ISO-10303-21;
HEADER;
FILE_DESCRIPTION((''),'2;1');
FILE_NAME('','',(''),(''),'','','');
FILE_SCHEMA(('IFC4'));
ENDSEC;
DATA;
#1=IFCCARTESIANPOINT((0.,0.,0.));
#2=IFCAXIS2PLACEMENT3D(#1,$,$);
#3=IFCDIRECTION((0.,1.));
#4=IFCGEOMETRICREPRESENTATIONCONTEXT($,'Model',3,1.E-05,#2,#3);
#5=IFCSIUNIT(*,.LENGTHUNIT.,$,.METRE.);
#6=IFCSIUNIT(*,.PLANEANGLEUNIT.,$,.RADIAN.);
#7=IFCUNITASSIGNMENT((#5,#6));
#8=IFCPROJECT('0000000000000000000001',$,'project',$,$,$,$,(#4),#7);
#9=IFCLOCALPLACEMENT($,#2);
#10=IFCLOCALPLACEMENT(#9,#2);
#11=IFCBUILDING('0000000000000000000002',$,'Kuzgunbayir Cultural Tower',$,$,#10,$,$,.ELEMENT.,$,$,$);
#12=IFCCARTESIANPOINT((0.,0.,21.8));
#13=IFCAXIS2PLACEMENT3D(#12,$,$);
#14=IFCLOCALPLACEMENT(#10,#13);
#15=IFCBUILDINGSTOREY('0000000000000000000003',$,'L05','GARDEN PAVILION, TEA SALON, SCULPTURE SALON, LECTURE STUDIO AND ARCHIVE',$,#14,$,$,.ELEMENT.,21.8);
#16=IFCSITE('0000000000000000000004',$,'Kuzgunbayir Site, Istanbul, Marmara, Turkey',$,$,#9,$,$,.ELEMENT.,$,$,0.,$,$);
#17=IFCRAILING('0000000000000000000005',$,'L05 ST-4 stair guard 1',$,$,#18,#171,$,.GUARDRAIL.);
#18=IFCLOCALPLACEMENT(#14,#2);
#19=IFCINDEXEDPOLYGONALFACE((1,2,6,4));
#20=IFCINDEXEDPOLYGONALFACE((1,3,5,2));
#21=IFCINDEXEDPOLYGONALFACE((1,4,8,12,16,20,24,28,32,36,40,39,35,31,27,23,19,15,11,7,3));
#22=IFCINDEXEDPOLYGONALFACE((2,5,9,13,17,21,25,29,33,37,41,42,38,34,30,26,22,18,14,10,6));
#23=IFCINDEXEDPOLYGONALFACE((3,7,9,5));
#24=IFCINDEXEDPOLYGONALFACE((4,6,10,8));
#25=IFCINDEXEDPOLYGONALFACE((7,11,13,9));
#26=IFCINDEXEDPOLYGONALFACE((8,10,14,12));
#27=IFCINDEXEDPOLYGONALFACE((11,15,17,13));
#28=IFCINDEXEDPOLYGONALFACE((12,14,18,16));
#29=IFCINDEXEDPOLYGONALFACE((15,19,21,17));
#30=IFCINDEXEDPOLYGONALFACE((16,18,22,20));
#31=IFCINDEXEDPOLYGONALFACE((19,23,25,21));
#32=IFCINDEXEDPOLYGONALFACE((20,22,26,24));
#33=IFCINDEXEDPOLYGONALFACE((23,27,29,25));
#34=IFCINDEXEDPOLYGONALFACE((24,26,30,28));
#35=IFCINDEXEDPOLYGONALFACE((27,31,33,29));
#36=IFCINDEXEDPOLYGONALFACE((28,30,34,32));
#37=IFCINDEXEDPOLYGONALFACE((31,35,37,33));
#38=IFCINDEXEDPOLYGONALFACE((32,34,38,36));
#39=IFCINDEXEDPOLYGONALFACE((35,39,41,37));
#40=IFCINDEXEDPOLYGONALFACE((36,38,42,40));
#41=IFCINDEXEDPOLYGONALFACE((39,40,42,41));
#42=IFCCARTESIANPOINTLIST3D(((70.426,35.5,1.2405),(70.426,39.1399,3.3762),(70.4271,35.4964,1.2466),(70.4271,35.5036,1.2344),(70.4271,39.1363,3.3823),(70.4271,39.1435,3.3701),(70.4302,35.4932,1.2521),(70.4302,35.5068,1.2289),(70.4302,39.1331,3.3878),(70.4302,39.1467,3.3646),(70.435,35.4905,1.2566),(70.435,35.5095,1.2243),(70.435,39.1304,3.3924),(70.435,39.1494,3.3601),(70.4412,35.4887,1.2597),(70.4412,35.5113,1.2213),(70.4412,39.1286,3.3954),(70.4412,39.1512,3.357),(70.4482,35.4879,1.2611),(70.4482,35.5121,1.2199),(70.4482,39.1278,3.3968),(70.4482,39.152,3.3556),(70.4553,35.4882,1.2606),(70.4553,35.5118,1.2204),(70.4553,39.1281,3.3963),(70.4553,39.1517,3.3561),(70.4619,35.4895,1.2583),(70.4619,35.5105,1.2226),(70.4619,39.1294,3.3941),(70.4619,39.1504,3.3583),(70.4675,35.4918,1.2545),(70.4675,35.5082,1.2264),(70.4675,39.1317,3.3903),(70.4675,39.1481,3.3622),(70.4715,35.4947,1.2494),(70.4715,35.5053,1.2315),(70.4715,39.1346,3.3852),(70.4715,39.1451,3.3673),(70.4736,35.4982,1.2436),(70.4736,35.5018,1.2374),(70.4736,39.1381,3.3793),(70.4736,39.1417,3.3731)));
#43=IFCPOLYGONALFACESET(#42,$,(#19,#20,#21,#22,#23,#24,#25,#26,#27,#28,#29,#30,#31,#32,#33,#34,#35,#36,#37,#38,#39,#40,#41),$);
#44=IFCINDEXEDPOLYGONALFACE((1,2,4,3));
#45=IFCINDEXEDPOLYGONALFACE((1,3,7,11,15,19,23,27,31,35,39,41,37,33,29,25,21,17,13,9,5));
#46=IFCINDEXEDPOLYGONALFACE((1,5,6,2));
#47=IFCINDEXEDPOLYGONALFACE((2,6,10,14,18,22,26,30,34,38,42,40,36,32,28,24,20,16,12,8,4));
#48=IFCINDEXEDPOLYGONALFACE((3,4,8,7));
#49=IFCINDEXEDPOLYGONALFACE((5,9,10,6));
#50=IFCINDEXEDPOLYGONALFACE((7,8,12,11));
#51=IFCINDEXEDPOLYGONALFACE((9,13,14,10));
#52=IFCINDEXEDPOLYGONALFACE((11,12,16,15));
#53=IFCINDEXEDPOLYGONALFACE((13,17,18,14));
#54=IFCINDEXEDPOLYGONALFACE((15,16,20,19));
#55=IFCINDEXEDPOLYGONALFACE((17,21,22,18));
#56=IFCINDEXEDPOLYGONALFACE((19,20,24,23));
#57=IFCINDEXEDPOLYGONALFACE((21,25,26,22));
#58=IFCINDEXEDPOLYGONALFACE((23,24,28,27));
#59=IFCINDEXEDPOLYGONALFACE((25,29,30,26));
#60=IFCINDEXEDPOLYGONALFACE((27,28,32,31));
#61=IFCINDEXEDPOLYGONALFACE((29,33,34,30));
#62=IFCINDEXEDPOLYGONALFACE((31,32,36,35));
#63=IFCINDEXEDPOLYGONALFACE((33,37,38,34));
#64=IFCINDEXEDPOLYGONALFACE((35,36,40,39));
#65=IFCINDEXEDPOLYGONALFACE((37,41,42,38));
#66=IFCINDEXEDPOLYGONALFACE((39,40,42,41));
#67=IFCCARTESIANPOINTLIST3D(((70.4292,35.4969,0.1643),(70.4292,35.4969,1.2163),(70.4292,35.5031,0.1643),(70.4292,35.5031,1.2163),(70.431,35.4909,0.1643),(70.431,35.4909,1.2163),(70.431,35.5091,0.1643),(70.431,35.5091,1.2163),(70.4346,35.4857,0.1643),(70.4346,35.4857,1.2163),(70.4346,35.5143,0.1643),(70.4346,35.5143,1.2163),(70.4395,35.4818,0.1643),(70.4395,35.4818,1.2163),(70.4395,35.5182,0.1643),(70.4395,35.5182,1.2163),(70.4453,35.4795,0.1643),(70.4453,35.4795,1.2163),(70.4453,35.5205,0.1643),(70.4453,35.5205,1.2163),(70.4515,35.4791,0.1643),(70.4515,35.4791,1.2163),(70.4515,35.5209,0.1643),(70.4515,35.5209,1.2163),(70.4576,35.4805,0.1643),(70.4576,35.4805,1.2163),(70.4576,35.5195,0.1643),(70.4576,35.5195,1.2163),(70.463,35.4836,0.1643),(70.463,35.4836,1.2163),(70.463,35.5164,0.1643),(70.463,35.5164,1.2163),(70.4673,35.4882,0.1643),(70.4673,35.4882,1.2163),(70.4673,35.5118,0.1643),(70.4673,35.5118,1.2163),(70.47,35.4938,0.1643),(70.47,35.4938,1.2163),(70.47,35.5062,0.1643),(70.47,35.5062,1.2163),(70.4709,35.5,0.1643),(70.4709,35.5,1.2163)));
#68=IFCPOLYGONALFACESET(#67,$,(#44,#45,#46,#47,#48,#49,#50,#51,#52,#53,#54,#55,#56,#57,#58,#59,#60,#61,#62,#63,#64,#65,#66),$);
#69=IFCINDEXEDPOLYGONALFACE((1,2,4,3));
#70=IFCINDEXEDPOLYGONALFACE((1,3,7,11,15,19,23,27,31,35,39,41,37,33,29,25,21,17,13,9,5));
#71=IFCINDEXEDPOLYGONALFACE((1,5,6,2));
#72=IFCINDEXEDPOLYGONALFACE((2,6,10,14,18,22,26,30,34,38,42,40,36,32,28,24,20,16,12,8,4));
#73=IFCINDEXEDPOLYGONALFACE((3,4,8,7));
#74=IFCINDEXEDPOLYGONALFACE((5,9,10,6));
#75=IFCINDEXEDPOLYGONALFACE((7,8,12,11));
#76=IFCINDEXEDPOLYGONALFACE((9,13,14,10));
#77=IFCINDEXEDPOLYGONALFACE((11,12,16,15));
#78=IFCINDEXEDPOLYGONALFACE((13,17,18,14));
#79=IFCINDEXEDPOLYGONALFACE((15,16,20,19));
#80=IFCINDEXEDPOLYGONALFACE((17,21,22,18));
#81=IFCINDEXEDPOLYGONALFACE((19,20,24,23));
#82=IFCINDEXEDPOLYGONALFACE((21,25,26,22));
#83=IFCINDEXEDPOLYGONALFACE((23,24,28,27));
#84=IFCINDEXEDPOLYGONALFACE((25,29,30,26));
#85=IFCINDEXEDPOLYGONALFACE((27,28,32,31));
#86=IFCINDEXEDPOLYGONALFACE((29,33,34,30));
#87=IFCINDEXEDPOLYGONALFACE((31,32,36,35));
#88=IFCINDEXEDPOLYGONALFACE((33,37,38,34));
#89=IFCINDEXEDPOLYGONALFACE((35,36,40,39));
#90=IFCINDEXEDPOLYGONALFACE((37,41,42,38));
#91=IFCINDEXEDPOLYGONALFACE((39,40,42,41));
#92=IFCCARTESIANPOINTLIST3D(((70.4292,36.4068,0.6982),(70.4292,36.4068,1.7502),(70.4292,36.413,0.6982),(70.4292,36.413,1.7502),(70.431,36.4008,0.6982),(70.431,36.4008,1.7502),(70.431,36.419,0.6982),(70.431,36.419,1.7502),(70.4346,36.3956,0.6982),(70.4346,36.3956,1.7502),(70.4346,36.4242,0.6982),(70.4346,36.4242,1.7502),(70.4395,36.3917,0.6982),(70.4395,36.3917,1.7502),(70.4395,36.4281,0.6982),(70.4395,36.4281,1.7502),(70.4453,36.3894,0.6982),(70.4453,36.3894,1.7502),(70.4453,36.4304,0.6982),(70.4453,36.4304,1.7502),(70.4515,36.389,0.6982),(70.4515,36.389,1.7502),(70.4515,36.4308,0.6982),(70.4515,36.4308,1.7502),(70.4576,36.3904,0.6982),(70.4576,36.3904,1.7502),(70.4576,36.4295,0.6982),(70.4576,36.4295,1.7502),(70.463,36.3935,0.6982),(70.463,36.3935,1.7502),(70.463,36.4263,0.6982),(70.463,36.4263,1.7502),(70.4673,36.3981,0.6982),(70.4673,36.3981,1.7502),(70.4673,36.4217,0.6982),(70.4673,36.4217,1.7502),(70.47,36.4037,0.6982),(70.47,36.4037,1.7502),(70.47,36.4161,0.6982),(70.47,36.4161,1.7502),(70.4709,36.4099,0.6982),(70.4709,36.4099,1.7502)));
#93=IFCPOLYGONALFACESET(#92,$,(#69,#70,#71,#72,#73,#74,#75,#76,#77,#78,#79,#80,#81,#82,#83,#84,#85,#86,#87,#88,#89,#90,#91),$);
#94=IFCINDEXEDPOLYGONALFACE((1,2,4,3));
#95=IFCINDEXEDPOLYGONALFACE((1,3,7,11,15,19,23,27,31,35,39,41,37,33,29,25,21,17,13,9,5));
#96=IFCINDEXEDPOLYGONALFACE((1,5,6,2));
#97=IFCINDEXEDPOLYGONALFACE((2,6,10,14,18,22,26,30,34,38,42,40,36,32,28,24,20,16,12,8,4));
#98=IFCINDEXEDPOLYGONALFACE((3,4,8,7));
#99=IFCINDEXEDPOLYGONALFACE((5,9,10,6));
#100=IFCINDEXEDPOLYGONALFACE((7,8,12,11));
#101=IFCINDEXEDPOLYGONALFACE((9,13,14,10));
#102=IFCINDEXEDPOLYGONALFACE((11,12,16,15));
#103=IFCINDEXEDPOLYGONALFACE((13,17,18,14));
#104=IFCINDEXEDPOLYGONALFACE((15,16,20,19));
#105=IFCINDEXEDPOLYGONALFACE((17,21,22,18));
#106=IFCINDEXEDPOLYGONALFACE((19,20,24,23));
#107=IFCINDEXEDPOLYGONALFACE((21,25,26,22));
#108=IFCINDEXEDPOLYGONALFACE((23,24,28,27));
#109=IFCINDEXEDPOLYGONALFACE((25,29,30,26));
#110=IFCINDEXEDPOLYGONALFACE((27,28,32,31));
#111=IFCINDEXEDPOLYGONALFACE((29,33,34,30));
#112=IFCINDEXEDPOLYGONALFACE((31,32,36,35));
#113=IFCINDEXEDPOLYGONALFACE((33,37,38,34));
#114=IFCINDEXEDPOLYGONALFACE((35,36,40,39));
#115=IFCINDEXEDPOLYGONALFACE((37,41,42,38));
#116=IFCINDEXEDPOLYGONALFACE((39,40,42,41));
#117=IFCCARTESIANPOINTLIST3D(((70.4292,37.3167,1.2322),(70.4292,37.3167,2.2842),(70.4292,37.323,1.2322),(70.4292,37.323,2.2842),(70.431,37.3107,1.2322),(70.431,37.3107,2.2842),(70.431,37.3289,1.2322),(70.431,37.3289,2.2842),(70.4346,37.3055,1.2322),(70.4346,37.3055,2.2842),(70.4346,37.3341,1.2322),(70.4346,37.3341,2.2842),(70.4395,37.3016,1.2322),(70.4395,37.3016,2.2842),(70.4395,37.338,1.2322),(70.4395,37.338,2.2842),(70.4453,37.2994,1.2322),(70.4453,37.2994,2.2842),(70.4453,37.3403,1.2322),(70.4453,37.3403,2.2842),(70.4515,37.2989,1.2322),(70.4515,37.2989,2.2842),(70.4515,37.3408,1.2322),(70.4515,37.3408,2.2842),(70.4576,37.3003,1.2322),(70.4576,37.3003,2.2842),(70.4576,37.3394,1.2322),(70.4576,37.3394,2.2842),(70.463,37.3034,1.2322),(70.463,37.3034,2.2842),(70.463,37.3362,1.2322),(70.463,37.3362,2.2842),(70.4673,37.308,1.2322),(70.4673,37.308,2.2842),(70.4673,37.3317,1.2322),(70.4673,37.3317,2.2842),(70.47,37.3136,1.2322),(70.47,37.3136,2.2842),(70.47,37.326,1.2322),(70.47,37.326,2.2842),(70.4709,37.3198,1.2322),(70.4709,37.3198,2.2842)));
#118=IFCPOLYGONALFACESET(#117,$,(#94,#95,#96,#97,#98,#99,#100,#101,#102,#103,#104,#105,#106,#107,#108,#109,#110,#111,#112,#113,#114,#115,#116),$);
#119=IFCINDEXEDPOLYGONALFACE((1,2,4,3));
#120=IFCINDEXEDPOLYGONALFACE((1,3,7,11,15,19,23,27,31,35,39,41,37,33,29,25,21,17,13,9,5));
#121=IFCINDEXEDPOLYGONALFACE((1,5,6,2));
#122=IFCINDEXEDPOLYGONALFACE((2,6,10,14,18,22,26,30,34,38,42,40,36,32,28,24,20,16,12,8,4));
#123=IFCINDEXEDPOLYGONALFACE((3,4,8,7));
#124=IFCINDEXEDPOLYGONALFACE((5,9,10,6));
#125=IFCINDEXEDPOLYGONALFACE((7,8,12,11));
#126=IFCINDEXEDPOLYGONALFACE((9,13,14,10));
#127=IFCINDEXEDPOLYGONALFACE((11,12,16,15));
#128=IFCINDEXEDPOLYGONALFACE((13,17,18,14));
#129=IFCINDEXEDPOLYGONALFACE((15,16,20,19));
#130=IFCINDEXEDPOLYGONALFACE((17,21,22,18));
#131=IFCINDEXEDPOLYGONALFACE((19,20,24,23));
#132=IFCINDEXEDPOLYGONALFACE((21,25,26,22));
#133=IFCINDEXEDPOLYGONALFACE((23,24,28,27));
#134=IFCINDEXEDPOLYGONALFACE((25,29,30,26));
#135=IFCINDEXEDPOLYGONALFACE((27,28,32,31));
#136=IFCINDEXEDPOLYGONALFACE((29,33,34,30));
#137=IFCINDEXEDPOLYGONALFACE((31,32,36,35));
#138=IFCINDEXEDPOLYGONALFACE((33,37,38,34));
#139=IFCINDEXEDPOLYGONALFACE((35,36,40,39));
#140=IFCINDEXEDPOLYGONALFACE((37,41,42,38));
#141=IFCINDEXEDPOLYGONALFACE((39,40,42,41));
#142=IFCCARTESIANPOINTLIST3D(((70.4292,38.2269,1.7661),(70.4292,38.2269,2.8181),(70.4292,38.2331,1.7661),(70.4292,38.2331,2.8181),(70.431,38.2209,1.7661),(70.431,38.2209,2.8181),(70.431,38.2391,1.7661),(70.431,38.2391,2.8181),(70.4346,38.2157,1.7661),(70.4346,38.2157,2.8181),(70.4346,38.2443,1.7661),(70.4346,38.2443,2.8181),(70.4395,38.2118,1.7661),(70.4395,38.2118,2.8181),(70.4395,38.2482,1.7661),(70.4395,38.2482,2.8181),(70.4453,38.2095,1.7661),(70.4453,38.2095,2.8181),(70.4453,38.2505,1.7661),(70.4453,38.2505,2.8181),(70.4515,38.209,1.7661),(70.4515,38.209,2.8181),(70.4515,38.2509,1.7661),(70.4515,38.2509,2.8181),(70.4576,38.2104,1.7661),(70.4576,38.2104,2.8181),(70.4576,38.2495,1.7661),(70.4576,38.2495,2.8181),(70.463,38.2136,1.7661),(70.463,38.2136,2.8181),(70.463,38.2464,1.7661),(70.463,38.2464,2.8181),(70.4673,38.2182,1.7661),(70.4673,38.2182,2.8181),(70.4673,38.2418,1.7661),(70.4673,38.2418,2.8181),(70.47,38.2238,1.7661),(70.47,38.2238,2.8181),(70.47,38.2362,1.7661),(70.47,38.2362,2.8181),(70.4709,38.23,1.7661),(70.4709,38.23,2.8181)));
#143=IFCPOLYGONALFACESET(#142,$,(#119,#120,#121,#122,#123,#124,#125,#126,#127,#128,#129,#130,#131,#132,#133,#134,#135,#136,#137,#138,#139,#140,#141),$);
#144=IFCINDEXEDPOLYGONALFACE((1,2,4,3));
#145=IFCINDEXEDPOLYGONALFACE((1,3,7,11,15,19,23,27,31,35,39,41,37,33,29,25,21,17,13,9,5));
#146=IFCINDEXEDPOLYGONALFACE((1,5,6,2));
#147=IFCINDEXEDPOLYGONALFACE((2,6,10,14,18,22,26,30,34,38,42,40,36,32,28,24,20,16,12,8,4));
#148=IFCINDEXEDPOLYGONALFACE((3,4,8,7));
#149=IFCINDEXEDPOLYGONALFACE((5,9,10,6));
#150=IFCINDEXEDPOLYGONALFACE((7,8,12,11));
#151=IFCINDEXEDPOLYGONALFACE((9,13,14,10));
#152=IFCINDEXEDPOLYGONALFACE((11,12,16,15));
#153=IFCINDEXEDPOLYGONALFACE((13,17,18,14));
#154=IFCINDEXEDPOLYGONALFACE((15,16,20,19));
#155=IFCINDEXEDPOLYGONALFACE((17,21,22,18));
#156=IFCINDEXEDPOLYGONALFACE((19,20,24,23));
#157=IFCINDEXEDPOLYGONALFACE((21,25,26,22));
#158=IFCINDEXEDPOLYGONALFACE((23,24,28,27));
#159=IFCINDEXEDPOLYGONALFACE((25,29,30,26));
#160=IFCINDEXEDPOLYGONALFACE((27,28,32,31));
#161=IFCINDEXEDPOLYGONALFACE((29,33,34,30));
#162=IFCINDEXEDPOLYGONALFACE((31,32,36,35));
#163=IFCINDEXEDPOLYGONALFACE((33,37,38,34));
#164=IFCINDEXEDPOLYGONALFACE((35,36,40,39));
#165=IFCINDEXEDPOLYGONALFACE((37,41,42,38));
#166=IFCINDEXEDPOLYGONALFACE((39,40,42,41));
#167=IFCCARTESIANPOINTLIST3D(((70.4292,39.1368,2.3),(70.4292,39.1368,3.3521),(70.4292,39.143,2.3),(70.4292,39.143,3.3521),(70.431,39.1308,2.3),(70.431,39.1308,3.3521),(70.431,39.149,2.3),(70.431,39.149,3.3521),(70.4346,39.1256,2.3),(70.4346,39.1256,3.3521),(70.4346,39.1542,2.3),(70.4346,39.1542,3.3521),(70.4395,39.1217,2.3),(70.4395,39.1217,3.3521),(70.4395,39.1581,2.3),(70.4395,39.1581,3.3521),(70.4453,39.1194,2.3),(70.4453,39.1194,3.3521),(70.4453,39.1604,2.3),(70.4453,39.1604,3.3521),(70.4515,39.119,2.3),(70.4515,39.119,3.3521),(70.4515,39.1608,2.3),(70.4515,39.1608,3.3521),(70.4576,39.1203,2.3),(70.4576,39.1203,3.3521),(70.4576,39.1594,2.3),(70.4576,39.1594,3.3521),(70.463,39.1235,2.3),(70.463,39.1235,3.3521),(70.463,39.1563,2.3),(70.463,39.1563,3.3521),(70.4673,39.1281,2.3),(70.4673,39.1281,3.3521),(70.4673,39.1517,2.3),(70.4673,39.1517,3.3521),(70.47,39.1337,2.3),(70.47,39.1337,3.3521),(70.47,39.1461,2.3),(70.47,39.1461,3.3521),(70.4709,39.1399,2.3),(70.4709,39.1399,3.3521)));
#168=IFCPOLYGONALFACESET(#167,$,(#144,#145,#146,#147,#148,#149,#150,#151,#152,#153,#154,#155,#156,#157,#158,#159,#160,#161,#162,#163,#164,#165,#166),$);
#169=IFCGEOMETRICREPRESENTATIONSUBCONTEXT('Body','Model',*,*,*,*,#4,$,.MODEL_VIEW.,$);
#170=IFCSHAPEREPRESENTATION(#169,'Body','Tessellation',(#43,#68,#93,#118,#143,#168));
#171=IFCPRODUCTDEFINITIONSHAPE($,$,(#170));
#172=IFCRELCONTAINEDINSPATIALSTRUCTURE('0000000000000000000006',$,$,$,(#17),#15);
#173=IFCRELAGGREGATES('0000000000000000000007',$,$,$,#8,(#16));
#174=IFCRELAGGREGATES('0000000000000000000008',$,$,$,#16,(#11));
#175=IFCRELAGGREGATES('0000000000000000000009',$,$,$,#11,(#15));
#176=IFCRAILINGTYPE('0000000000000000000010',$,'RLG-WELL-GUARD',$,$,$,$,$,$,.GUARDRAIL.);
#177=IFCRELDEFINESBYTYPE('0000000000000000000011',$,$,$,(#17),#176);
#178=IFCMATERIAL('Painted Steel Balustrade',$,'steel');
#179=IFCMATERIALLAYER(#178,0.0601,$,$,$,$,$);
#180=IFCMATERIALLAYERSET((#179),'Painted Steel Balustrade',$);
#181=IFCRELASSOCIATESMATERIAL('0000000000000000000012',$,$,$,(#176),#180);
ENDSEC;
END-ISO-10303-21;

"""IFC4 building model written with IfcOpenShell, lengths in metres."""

from ifc_helpers import new_model, si_unit, direction, frame, origin, origin_2d, place, context, subcontext, project, spatial, circle, extrude, material, layer, layer_set, type_object, element, save


model = new_model("IFC4")

# Units and contexts
model_context = context("Model", 3, precision=1e-05, world=origin(), true_north=direction((0.0, 1.0)))
body_context = subcontext(model_context, "Body", "Model", "MODEL_VIEW")
ifc_project = project(units=[si_unit("LENGTHUNIT", "METRE"), si_unit("PLANEANGLEUNIT", "RADIAN")], contexts=[model_context])

# Site, building, storey
site_placement = place(None, origin())
site = spatial("IfcSite", under=ifc_project, at=site_placement, Name="Kuzgunbayir Site, Istanbul, Marmara, Turkey", CompositionType="ELEMENT", RefElevation=0.0)
building_placement = place(site_placement, origin())
building = spatial("IfcBuilding", under=site, at=building_placement, Name="Kuzgunbayir Cultural Tower", CompositionType="ELEMENT")
storey_placement = place(building_placement, frame((0.0, 0.0, 21.8)))
storey = spatial("IfcBuildingStorey", under=building, at=storey_placement, Name="L05", Description="GARDEN PAVILION, TEA SALON, SCULPTURE SALON, LECTURE STUDIO AND ARCHIVE", CompositionType="ELEMENT", Elevation=21.8)

# Railing
ifc_material_1 = material(Name="Painted Steel Balustrade", Category="steel")
ifc_layer_1 = layer(ifc_material_1, 0.0601)
ifc_layer_set_1 = layer_set([ifc_layer_1], Name="Painted Steel Balustrade")
railing_type_1 = type_object("IfcRailingType", Name="RLG-WELL-GUARD", PredefinedType="GUARDRAIL", material=ifc_layer_set_1)
railing_1_placement = place(storey_placement, frame((70.45, 35.5, 0.1643)))
element("IfcRailing", 1, at=railing_1_placement, inside=storey, type_object=railing_type_1, Name="L05 ST-4 stair guard 1", PredefinedType="GUARDRAIL", context=body_context, shape_type="SweptSolid", body=[
    extrude(circle(Radius=0.0239, at=origin_2d()), frame((0.0, 0.0, 1.0762), z_axis=(0.0, 0.86249, 0.506074), x_axis=(-1.0, 0.0, 0.0)), (0.0, 0.0, 1.0), 4.2202),
    extrude(circle(Radius=0.021, at=origin_2d()), origin(), (0.0, 0.0, 1.0), 1.052),
    extrude(circle(Radius=0.021, at=origin_2d()), frame((0.0, 0.9099, 0.5339)), (0.0, 0.0, 1.0), 1.052),
    extrude(circle(Radius=0.021, at=origin_2d()), frame((0.0, 1.8198, 1.0679)), (0.0, 0.0, 1.0), 1.052),
    extrude(circle(Radius=0.021, at=origin_2d()), frame((0.0, 2.73, 1.6018)), (0.0, 0.0, 1.0), 1.052),
    extrude(circle(Radius=0.021, at=origin_2d()), frame((0.0, 3.6399, 2.1357)), (0.0, 0.0, 1.0), 1.052),
])

save(model, "model.ifc")
